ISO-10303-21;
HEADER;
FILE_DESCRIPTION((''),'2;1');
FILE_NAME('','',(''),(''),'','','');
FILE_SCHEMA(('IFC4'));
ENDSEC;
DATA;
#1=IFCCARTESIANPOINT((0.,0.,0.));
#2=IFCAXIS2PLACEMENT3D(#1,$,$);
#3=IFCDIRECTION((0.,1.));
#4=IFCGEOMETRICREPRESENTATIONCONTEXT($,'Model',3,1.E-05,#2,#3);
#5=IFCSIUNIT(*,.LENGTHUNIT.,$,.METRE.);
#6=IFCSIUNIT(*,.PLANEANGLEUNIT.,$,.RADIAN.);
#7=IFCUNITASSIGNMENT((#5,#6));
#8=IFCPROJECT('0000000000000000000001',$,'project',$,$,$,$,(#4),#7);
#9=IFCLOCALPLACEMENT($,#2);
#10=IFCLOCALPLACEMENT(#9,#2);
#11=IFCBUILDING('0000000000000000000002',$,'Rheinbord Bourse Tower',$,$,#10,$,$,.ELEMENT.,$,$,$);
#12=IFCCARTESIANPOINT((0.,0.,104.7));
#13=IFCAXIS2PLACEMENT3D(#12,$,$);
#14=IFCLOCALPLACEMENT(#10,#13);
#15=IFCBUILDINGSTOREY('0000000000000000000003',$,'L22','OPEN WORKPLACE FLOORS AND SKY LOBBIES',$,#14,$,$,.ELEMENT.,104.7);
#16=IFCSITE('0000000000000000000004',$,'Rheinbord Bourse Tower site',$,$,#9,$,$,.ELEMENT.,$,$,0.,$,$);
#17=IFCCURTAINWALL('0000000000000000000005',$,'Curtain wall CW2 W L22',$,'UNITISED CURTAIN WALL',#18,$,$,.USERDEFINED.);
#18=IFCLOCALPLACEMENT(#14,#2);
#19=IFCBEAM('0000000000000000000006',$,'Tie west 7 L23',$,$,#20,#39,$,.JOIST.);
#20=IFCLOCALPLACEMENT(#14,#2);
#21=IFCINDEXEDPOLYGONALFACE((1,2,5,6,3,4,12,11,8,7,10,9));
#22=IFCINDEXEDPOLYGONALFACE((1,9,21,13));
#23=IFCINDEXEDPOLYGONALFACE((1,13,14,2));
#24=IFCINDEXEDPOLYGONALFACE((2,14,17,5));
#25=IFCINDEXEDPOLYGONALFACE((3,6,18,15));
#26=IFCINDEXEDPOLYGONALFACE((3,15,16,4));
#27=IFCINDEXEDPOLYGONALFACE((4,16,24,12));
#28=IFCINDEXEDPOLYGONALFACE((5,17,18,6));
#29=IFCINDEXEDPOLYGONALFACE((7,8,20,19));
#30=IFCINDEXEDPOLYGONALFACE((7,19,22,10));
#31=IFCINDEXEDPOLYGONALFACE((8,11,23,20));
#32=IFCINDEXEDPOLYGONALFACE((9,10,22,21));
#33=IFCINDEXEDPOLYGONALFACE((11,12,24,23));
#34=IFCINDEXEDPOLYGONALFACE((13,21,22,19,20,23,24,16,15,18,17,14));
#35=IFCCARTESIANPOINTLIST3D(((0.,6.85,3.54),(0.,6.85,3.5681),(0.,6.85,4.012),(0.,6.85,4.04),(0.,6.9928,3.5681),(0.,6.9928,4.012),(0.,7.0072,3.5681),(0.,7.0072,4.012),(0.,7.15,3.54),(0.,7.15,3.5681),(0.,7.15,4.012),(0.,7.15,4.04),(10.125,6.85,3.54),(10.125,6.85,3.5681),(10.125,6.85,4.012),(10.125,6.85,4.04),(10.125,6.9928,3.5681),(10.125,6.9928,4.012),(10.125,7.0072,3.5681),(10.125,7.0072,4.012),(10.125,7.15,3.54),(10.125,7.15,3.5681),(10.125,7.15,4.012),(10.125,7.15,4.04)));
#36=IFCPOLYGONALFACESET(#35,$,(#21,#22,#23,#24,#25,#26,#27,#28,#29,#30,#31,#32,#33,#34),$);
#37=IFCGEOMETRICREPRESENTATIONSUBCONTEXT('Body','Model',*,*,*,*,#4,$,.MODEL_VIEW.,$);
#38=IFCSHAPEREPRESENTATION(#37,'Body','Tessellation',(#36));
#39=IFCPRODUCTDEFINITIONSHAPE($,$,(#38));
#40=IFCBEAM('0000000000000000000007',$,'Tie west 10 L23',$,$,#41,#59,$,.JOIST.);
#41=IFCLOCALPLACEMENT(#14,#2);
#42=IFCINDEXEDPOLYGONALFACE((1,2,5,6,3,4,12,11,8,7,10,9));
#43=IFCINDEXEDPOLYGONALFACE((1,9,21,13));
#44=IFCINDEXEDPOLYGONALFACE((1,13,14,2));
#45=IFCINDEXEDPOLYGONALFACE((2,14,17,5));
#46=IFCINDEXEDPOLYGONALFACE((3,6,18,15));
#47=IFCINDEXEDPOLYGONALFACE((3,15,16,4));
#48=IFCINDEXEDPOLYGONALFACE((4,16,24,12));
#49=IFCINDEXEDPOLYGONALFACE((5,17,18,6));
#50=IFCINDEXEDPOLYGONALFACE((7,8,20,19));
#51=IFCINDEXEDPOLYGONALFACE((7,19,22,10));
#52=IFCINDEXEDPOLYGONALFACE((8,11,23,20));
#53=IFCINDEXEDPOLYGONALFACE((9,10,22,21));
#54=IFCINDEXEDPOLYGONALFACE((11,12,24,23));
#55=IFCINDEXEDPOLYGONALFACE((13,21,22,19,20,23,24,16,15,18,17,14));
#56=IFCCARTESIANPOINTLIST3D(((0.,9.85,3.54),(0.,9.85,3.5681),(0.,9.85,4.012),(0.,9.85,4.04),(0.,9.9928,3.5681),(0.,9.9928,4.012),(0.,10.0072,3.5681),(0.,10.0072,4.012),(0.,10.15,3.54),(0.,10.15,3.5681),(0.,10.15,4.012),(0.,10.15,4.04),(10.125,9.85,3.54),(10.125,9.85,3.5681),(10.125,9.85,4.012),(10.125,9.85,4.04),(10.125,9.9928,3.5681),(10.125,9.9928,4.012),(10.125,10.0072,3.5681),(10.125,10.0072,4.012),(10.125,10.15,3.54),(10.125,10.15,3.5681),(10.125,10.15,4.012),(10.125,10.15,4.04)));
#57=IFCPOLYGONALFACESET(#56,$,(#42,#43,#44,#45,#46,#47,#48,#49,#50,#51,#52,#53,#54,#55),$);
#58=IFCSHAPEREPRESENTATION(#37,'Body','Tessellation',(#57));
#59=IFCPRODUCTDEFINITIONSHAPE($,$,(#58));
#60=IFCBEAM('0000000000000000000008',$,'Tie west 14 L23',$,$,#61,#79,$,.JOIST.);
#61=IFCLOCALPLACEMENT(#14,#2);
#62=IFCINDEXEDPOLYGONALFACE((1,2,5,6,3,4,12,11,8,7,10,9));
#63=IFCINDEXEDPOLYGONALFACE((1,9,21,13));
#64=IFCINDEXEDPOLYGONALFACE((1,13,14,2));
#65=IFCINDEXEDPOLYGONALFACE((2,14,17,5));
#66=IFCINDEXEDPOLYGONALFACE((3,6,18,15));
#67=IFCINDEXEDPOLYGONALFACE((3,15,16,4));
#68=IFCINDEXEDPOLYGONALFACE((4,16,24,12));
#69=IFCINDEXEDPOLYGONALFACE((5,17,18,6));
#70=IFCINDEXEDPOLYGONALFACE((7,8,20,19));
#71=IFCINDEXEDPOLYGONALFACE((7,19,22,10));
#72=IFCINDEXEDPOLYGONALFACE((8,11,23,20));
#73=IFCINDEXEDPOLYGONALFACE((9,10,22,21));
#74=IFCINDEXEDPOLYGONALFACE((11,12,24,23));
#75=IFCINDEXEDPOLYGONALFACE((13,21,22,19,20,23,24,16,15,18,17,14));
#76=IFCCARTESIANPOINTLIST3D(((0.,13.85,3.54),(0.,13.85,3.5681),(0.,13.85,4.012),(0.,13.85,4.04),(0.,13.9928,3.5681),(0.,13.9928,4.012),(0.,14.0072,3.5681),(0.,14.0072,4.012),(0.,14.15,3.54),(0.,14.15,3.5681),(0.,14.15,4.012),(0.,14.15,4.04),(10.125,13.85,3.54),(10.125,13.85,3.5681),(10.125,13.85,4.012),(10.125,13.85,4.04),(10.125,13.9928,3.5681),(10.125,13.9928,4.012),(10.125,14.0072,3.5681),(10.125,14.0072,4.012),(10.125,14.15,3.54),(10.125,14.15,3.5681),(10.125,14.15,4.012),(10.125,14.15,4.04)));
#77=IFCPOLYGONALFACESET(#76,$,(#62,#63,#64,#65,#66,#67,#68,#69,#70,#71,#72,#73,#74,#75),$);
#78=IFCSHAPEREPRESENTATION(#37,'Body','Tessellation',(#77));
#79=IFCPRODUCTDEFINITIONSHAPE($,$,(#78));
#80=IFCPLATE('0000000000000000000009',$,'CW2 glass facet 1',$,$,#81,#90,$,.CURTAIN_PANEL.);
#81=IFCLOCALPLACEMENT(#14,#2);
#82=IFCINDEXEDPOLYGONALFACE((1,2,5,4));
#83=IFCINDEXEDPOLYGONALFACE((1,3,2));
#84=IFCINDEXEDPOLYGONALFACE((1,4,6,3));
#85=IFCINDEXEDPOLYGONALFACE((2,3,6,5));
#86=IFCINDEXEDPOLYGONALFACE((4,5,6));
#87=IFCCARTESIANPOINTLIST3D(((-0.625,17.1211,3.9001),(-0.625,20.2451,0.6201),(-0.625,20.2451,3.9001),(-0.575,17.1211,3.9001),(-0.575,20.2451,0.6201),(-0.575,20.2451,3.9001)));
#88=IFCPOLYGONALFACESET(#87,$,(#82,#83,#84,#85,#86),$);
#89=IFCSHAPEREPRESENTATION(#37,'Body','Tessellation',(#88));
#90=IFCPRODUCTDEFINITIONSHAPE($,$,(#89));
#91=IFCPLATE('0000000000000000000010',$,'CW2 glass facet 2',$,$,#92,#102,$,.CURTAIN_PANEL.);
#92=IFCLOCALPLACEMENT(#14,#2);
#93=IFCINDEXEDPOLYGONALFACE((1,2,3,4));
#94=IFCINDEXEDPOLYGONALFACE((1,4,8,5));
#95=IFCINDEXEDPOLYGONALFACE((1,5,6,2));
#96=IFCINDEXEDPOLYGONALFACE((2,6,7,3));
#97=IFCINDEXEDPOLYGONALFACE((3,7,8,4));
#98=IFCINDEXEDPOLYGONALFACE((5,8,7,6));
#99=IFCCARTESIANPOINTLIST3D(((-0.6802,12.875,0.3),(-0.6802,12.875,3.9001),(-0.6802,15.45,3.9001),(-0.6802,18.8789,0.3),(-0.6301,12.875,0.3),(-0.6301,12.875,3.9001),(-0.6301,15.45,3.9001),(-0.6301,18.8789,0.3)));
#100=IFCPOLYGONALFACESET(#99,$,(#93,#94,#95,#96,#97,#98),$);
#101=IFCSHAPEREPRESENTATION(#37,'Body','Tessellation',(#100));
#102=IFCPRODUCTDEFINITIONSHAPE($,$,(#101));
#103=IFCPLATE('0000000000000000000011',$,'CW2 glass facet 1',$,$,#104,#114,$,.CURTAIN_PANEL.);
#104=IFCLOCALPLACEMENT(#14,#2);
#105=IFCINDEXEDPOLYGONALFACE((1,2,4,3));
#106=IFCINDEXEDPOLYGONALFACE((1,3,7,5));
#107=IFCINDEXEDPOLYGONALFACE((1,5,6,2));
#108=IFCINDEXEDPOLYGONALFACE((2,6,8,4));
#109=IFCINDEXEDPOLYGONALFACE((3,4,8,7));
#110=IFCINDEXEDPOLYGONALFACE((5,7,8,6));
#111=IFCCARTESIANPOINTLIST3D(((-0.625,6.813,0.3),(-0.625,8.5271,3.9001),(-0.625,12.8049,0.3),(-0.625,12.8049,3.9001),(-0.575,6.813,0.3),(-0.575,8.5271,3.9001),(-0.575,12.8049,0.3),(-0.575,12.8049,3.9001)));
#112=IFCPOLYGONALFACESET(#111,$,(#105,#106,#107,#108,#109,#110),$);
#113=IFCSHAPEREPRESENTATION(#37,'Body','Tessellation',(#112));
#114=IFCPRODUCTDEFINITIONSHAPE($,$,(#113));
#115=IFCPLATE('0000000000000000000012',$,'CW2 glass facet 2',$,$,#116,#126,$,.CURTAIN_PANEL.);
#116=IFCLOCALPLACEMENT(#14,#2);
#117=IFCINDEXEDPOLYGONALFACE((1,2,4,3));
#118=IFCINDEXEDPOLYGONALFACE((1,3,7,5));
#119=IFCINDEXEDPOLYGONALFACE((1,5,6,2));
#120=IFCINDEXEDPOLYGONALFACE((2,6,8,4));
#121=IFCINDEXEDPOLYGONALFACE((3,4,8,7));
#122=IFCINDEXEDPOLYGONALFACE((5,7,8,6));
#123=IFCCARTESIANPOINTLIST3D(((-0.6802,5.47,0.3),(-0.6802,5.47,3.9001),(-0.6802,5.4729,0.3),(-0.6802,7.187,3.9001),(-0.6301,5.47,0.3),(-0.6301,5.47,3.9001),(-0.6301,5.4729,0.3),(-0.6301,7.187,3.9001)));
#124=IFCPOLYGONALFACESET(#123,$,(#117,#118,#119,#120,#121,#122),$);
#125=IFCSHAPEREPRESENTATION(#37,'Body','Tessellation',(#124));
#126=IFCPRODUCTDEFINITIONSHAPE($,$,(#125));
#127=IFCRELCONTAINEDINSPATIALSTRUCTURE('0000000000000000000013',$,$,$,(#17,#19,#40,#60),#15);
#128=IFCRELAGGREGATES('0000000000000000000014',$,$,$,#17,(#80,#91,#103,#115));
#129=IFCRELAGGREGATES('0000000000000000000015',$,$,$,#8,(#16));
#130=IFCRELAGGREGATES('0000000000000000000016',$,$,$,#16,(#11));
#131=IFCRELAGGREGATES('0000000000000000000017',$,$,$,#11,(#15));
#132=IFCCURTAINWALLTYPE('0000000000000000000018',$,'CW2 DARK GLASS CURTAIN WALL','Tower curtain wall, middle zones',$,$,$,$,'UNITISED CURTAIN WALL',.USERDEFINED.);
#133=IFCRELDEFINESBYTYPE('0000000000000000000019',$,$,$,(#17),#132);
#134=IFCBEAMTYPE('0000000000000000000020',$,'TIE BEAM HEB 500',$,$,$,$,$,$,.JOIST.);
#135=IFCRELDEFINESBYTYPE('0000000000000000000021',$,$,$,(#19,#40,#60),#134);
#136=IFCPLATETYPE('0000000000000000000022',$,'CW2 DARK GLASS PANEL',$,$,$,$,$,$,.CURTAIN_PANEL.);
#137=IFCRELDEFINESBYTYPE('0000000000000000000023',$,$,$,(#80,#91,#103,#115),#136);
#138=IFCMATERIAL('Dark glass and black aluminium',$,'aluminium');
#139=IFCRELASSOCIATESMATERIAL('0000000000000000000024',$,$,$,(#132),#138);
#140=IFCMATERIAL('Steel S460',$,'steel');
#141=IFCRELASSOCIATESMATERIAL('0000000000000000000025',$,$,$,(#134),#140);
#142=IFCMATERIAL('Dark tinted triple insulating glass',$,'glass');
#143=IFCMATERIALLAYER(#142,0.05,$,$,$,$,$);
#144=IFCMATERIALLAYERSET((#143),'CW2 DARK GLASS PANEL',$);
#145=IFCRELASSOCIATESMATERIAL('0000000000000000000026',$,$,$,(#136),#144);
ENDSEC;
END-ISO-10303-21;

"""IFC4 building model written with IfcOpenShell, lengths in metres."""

from ifc_helpers import new_model, si_unit, direction, frame, origin, origin_2d, place, context, subcontext, project, spatial, polyline, i_section, outline, extrude, material, layer, layer_set, material_profile, profile_set, type_object, element, aggregate, save


model = new_model("IFC4")

# Units and contexts
model_context = context("Model", 3, precision=1e-05, world=origin(), true_north=direction((0.0, 1.0)))
body_context = subcontext(model_context, "Body", "Model", "MODEL_VIEW")
ifc_project = project(units=[si_unit("LENGTHUNIT", "METRE"), si_unit("PLANEANGLEUNIT", "RADIAN")], contexts=[model_context])

# Site, building, storey
site_placement = place(None, origin())
site = spatial("IfcSite", under=ifc_project, at=site_placement, Name="Rheinbord Bourse Tower site", CompositionType="ELEMENT", RefElevation=0.0)
building_placement = place(site_placement, origin())
building = spatial("IfcBuilding", under=site, at=building_placement, Name="Rheinbord Bourse Tower", CompositionType="ELEMENT")
storey_placement = place(building_placement, frame((0.0, 0.0, 104.7)))
storey = spatial("IfcBuildingStorey", under=building, at=storey_placement, Name="L22", Description="OPEN WORKPLACE FLOORS AND SKY LOBBIES", CompositionType="ELEMENT", Elevation=104.7)

# Curtain wall
ifc_material_1 = material(Name="Dark glass and black aluminium", Category="aluminium")
curtain_wall_type = type_object("IfcCurtainWallType", Name="CW2 DARK GLASS CURTAIN WALL", Description="Tower curtain wall, middle zones", ElementType="UNITISED CURTAIN WALL", PredefinedType="USERDEFINED", material=ifc_material_1)
curtain_wall_placement = place(storey_placement, origin())
curtain_wall = element("IfcCurtainWall", 1, at=curtain_wall_placement, inside=storey, type_object=curtain_wall_type, Name="Curtain wall CW2 W L22", ObjectType="UNITISED CURTAIN WALL", PredefinedType="USERDEFINED")

# Beams
ifc_material_2 = material(Name="Steel S460", Category="steel")
ifc_material_profile_1 = material_profile(ifc_material_2, i_section(OverallWidth=0.3, OverallDepth=0.5, WebThickness=0.0144, FlangeThickness=0.0281, at=origin_2d()), Name="HEB 500")
ifc_profile_set_1 = profile_set([ifc_material_profile_1], Name="Steel S460")
beam_type_1 = type_object("IfcBeamType", Name="TIE BEAM HEB 500", PredefinedType="JOIST", material=ifc_profile_set_1)
for number, where, z_axis, x_axis, name in (
    (2, (0.0, 7.0, 3.79), (1.0, 0.0, 0.0), (0.0, 1.0, 0.0), "Tie west 7 L23"),
    (3, (0.0, 10.0, 3.79), (1.0, 0.0, 0.0), (0.0, 1.0, 0.0), "Tie west 10 L23"),
    (4, (0.0, 14.0, 3.79), (1.0, 0.0, 0.0), (0.0, 1.0, 0.0), "Tie west 14 L23"),
):
    element("IfcBeam", number, at=place(storey_placement, frame(where, z_axis=z_axis, x_axis=x_axis)), inside=storey, type_object=beam_type_1, Name=name, PredefinedType="JOIST", context=body_context, shape_type="SweptSolid", body=[
        extrude(i_section(OverallWidth=0.3, OverallDepth=0.5, WebThickness=0.0144, FlangeThickness=0.0281, at=origin_2d()), origin(), (0.0, 0.0, 1.0), 10.125),
    ])

# Plates
ifc_material_3 = material(Name="Dark tinted triple insulating glass", Category="glass")
ifc_layer = layer(ifc_material_3, 0.05)
ifc_layer_set = layer_set([ifc_layer], Name="CW2 DARK GLASS PANEL")
plate_type = type_object("IfcPlateType", Name="CW2 DARK GLASS PANEL", PredefinedType="CURTAIN_PANEL", material=ifc_layer_set)
plate_1_placement = place(storey_placement, frame((-0.625, 20.2451, 3.9001), z_axis=(1.0, 0.0, 0.0), x_axis=(0.0, -1.0, 0.0)))
plate_1 = element("IfcPlate", 5, at=plate_1_placement, type_object=plate_type, Name="CW2 glass facet 1", PredefinedType="CURTAIN_PANEL", context=body_context, shape_type="SweptSolid", body=[
    extrude(outline(polyline([(0.0, 0.0), (3.124, 0.0), (0.0, 3.28), (0.0, 0.0)])), origin(), (0.0, 0.0, 1.0), 0.05),
])
plate_2_placement = place(storey_placement, frame((-0.6802, 12.875, 3.9001), z_axis=(1.0, 0.0, 0.0), x_axis=(0.0, 0.0, -1.0)))
plate_2 = element("IfcPlate", 6, at=plate_2_placement, type_object=plate_type, Name="CW2 glass facet 2", PredefinedType="CURTAIN_PANEL", context=body_context, shape_type="SweptSolid", body=[
    extrude(outline(polyline([(0.0, 0.0), (3.6001, 0.0), (3.6001, 6.0039), (0.0, 2.575), (0.0, 0.0)])), origin(), (0.0, 0.0, 1.0), 0.05),
])
plate_3_placement = place(storey_placement, frame((-0.625, 12.8049, 0.3), z_axis=(1.0, 0.0, 0.0), x_axis=(0.0, 0.0, 1.0)))
plate_3 = element("IfcPlate", 7, at=plate_3_placement, type_object=plate_type, Name="CW2 glass facet 1", PredefinedType="CURTAIN_PANEL", context=body_context, shape_type="SweptSolid", body=[
    extrude(outline(polyline([(0.0, 0.0), (3.6001, 0.0), (3.6001, 4.2778), (0.0, 5.9919), (0.0, 0.0)])), origin(), (0.0, 0.0, 1.0), 0.05),
])
plate_4_placement = place(storey_placement, frame((-0.6802, 5.47, 3.9001), z_axis=(1.0, 0.0, 0.0), x_axis=(0.0, 0.0, -1.0)))
plate_4 = element("IfcPlate", 8, at=plate_4_placement, type_object=plate_type, Name="CW2 glass facet 2", PredefinedType="CURTAIN_PANEL", context=body_context, shape_type="SweptSolid", body=[
    extrude(outline(polyline([(0.0, 0.0), (3.6001, 0.0), (3.6001, 0.0029), (0.0, 1.717), (0.0, 0.0)])), origin(), (0.0, 0.0, 1.0), 0.05),
])
aggregate(curtain_wall, [plate_1, plate_2, plate_3, plate_4])

save(model, "model.ifc")
